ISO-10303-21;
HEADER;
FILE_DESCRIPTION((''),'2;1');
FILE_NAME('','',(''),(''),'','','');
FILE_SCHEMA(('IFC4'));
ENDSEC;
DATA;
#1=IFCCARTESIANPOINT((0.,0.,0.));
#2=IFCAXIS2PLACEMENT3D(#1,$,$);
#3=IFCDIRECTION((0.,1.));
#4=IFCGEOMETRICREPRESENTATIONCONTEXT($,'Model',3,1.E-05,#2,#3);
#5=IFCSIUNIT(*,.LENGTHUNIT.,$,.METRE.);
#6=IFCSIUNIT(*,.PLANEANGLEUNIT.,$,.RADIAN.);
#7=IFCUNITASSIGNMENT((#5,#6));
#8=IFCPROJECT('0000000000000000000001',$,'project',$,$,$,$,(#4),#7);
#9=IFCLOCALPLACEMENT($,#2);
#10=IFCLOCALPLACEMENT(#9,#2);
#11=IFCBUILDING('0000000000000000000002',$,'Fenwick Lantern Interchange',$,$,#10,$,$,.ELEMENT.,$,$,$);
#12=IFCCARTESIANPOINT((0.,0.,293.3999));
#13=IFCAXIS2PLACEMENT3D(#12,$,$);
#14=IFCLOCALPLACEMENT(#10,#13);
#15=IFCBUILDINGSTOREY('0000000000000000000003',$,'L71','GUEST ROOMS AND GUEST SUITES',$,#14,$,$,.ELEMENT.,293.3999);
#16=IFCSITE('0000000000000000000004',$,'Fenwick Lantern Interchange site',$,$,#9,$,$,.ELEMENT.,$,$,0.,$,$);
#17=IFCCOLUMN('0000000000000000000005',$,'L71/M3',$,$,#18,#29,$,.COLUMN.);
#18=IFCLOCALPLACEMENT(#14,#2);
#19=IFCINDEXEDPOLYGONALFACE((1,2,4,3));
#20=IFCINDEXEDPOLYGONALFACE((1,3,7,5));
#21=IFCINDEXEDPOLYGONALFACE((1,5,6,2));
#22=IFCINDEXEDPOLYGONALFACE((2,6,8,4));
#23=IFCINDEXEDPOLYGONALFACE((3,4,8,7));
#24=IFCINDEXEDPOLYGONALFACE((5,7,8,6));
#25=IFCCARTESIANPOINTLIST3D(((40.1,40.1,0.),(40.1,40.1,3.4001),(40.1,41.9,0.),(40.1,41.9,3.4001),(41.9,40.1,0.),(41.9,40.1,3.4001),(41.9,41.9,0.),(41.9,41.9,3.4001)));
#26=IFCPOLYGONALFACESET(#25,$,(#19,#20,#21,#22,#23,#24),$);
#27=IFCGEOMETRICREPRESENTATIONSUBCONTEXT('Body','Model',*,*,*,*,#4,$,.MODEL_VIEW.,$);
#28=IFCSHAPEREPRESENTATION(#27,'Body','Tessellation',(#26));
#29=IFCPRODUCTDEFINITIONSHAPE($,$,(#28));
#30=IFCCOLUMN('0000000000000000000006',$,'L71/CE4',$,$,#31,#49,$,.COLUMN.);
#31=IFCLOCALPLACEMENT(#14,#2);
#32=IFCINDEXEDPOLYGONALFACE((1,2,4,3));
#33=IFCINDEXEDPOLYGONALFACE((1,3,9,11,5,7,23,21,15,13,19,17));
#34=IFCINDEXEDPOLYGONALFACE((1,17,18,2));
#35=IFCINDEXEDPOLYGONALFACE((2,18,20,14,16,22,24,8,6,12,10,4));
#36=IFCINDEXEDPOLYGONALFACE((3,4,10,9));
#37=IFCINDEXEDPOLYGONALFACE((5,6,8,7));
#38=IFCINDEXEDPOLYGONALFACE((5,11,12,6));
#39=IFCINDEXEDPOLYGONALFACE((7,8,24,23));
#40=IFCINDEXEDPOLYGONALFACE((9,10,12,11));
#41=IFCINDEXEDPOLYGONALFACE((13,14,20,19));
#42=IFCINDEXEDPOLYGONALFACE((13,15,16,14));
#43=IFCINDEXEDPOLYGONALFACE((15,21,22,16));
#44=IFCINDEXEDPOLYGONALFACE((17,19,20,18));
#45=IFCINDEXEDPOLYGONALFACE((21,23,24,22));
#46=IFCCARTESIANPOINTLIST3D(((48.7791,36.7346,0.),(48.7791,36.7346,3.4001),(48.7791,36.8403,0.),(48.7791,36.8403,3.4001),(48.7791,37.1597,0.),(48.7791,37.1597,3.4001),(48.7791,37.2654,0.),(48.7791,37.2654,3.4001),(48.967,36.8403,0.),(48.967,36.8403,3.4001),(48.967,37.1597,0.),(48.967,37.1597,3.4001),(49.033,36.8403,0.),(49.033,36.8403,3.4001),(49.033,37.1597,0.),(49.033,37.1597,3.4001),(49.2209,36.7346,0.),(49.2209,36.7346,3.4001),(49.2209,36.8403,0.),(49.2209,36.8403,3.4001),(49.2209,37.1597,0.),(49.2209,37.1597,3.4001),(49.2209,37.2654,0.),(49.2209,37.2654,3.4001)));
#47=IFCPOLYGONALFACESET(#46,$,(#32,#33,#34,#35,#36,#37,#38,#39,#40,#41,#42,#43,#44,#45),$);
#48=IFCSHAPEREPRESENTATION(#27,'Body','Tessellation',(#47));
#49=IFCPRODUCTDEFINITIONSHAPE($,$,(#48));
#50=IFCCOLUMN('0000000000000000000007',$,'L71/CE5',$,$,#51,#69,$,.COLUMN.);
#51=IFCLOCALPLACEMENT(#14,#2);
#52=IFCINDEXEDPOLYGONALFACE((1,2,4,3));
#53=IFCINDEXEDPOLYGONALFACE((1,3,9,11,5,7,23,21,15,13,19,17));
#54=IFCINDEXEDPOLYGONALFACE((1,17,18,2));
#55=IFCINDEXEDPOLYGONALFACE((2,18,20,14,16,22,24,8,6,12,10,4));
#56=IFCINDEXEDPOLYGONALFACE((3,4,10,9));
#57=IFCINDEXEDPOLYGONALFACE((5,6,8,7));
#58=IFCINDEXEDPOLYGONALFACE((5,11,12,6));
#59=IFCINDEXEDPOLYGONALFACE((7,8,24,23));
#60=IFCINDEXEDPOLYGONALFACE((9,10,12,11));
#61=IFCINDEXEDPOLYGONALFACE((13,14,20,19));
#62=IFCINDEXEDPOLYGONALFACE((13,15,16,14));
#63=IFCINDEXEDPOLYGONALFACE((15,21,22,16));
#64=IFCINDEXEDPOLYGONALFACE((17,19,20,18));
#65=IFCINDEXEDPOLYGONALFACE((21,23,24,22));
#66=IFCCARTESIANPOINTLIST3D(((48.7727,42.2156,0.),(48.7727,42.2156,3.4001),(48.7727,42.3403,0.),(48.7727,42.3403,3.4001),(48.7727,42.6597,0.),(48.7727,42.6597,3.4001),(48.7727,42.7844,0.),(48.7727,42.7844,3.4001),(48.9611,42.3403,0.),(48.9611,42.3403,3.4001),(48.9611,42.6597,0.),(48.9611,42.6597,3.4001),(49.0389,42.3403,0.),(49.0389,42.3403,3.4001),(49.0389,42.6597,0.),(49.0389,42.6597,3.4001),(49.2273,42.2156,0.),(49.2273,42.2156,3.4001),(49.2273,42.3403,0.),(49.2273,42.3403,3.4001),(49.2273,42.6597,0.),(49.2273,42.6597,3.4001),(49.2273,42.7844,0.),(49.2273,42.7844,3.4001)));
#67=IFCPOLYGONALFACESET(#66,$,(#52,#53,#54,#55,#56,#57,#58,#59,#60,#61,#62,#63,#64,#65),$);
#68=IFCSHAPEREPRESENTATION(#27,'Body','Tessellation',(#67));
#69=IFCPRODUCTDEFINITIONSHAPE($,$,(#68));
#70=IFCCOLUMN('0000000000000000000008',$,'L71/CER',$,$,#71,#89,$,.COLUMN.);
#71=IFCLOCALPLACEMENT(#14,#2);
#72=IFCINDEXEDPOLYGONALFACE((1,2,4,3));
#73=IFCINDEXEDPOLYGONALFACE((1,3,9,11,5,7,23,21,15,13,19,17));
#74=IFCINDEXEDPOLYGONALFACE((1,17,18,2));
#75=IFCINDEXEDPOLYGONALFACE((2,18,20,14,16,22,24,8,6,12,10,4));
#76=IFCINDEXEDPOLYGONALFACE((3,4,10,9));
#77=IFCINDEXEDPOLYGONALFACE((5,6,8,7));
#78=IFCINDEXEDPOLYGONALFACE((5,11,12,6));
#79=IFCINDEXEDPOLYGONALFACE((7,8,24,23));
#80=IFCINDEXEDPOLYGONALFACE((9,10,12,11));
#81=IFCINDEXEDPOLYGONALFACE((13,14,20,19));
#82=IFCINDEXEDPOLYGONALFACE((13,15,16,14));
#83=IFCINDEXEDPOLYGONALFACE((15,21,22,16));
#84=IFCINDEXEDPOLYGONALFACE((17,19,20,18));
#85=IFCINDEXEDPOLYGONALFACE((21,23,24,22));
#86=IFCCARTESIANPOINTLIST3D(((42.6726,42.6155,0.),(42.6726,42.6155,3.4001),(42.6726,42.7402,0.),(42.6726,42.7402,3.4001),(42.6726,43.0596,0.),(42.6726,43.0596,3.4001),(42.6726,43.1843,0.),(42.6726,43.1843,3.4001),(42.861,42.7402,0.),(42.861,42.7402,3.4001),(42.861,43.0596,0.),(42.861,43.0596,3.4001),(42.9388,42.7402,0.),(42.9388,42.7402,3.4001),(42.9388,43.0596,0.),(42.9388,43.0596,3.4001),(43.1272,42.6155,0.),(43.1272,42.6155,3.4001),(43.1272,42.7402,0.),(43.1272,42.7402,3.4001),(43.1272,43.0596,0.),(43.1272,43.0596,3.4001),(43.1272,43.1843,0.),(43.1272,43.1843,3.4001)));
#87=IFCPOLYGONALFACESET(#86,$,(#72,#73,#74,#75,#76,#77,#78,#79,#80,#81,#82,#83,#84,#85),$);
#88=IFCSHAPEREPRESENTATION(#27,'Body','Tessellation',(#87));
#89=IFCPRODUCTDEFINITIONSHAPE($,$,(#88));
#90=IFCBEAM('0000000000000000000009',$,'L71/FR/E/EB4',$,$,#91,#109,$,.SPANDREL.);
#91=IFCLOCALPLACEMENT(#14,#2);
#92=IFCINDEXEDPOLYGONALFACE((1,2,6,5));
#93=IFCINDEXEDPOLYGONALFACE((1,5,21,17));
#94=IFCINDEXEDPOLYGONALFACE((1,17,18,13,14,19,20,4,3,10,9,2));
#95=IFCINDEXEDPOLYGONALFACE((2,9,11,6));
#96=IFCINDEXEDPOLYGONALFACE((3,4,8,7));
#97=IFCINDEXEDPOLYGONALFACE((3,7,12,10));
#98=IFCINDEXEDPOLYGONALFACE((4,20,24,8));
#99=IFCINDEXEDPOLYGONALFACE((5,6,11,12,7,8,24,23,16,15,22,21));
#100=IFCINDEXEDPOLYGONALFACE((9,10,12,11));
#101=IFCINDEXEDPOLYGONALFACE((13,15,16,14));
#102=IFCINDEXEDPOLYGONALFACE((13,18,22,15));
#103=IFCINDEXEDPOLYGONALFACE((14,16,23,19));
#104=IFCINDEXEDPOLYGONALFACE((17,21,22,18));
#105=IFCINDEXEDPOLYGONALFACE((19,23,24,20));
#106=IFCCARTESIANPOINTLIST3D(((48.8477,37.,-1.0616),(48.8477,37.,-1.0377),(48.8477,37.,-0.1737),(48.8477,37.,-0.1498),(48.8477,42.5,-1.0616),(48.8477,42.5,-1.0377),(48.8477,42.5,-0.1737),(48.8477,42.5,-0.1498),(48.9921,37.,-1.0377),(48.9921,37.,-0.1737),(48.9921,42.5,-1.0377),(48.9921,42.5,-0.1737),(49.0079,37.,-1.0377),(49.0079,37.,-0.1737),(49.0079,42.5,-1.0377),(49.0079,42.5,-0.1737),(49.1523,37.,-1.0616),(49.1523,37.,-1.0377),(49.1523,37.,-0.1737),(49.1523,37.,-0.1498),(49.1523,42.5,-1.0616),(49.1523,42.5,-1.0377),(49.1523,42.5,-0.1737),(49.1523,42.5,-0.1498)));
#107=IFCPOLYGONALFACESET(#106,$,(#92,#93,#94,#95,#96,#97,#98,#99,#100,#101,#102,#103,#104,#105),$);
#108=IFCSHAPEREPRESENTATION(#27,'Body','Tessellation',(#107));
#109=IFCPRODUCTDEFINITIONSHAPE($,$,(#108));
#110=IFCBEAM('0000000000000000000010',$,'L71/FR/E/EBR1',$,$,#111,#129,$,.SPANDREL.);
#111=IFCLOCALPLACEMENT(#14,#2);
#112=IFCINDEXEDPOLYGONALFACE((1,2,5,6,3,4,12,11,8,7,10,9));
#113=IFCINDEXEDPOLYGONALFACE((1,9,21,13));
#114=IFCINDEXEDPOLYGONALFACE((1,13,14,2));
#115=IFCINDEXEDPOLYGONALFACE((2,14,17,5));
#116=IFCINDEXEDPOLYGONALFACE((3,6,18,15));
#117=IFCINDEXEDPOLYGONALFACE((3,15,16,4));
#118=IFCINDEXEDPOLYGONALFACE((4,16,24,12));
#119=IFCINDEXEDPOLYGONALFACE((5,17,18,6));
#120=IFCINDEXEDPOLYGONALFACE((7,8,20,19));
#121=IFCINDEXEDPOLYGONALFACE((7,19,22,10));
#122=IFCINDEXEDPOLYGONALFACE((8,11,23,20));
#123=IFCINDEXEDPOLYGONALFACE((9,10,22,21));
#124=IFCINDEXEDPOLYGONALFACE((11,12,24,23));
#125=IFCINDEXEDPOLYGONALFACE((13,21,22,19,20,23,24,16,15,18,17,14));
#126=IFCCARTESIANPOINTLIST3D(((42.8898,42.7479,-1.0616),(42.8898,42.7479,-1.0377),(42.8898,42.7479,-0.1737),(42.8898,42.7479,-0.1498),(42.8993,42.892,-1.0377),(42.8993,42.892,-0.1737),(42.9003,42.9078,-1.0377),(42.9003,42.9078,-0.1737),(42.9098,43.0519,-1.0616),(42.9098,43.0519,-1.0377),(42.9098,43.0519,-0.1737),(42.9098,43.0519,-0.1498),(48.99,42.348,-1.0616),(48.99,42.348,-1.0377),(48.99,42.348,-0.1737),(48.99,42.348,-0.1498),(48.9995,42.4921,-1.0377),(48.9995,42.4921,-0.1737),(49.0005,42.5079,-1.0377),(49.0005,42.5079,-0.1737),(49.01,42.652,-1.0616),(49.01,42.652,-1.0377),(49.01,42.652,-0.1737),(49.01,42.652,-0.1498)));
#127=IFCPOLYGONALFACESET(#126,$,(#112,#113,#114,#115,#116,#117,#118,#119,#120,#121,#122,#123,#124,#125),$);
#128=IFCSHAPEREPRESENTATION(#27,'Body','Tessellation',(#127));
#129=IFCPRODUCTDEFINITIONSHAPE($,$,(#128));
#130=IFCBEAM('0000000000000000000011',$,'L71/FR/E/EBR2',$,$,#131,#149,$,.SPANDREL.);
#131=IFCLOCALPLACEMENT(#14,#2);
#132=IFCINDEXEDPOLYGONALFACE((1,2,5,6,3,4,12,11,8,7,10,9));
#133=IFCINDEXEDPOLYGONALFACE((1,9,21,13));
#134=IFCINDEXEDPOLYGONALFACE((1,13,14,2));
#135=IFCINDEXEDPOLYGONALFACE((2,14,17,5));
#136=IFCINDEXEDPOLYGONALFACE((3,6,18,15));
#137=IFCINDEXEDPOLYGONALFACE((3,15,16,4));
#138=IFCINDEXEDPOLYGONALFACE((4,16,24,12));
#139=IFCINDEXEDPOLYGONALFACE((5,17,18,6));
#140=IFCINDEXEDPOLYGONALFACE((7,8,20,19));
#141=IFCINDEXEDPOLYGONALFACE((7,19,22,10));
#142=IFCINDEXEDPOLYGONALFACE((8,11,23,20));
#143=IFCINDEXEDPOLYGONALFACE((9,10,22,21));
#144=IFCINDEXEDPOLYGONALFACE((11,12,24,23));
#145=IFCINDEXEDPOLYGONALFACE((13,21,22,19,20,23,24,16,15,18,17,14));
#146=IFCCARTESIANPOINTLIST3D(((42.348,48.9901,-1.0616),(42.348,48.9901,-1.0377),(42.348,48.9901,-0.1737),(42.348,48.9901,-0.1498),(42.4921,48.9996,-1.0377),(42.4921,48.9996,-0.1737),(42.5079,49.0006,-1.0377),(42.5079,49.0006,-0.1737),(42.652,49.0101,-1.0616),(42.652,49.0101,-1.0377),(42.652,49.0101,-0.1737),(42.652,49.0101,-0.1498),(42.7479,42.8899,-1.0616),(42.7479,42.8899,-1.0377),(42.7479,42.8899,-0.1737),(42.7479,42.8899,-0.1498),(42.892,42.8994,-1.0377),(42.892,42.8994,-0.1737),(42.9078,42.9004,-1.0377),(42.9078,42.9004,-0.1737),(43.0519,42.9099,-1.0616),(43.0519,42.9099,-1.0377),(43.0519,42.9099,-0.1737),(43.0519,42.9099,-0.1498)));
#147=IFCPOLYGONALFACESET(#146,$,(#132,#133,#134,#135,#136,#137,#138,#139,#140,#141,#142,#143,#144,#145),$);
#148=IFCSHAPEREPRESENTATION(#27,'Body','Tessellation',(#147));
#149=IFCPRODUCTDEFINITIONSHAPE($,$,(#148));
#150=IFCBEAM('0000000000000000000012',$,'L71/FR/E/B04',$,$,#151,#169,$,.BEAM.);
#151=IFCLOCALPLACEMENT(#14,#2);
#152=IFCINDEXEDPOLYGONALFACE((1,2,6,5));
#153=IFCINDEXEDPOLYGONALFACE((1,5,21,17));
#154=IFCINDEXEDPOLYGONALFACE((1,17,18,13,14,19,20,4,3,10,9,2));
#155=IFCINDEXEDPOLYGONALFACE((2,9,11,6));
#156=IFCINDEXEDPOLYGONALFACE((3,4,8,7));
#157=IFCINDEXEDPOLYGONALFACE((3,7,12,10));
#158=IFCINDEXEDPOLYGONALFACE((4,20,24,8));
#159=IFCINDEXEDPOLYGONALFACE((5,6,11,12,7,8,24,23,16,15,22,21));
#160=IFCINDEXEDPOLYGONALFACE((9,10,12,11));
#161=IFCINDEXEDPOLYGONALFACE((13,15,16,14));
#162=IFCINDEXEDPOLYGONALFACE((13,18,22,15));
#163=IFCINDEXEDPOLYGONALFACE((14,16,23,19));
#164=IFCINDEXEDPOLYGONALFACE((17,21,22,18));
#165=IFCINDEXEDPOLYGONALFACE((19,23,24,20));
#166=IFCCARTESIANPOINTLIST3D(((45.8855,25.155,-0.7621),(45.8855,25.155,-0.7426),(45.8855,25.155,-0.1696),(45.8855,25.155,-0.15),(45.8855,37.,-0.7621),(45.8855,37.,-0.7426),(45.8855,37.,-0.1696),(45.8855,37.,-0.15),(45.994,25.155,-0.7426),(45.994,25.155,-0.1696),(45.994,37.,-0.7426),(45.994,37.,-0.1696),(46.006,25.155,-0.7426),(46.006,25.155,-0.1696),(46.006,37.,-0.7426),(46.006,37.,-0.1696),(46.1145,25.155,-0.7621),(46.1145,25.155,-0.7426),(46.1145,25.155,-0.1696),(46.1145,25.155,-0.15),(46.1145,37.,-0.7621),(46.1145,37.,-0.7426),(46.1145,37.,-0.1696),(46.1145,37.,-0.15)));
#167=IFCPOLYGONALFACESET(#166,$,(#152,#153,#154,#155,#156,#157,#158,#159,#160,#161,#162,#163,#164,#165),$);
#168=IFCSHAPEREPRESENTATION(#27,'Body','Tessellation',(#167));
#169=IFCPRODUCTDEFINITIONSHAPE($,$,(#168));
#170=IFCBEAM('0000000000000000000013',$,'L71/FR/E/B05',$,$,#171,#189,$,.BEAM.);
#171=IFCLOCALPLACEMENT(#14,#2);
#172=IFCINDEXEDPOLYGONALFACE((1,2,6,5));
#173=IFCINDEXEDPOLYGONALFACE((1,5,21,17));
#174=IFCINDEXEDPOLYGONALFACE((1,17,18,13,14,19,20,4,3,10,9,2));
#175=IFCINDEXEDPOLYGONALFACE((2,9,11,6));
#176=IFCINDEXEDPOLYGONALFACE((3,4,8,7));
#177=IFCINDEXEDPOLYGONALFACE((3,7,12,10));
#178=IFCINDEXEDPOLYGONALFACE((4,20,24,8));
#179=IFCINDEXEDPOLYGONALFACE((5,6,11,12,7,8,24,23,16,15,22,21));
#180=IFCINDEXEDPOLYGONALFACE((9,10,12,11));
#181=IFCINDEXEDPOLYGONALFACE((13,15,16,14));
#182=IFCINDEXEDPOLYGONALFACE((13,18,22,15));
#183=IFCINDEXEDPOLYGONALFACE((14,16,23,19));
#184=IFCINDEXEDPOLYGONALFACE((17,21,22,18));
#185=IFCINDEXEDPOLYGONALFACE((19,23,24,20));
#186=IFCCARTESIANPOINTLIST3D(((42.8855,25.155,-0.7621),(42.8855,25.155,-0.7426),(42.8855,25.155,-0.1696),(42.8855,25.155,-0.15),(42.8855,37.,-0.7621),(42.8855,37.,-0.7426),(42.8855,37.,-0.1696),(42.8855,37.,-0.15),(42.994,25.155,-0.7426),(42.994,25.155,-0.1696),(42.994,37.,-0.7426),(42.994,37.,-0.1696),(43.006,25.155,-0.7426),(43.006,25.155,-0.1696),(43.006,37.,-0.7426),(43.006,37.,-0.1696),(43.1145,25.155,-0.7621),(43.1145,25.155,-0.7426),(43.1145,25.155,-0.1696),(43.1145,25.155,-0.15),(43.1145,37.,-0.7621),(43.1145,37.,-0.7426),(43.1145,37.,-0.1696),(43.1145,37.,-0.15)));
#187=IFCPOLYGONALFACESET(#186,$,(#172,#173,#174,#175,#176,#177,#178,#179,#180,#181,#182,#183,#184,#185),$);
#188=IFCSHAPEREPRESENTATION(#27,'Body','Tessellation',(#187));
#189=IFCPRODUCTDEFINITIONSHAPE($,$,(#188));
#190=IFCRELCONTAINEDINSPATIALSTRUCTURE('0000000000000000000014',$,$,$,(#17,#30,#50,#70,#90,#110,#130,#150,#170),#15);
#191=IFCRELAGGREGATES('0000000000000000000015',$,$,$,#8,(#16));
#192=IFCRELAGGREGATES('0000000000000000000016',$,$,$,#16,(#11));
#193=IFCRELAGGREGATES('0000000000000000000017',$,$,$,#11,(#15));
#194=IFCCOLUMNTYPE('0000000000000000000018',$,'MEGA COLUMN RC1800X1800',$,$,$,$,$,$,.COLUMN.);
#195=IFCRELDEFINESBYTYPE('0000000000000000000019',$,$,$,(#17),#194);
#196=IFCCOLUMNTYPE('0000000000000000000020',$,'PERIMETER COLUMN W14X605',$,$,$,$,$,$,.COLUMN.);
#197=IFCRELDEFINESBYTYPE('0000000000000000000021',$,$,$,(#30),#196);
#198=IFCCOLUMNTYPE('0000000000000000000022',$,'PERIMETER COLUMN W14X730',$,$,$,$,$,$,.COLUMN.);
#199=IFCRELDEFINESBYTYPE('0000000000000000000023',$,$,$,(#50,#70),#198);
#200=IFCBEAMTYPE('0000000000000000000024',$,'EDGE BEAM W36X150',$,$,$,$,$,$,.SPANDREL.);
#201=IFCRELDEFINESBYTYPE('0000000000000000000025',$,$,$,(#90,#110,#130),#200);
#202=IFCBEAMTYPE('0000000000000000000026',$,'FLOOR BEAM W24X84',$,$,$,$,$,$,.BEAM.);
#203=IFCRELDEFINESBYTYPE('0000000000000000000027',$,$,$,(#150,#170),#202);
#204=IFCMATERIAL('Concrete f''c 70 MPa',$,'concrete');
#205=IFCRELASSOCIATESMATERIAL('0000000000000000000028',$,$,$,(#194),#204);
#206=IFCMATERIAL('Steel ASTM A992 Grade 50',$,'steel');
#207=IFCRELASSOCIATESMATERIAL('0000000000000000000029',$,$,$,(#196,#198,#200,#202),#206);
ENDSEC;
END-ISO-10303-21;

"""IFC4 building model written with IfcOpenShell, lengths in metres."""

from ifc_helpers import new_model, si_unit, direction, frame, origin, origin_2d, place, context, subcontext, project, spatial, rectangle, i_section, extrude, material, material_profile, profile_set, type_object, element, save


model = new_model("IFC4")

# Units and contexts
model_context = context("Model", 3, precision=1e-05, world=origin(), true_north=direction((0.0, 1.0)))
body_context = subcontext(model_context, "Body", "Model", "MODEL_VIEW")
ifc_project = project(units=[si_unit("LENGTHUNIT", "METRE"), si_unit("PLANEANGLEUNIT", "RADIAN")], contexts=[model_context])

# Site, building, storey
site_placement = place(None, origin())
site = spatial("IfcSite", under=ifc_project, at=site_placement, Name="Fenwick Lantern Interchange site", CompositionType="ELEMENT", RefElevation=0.0)
building_placement = place(site_placement, origin())
building = spatial("IfcBuilding", under=site, at=building_placement, Name="Fenwick Lantern Interchange", CompositionType="ELEMENT")
storey_placement = place(building_placement, frame((0.0, 0.0, 293.3999)))
storey = spatial("IfcBuildingStorey", under=building, at=storey_placement, Name="L71", Description="GUEST ROOMS AND GUEST SUITES", CompositionType="ELEMENT", Elevation=293.3999)

# Columns
ifc_material_1 = material(Name="Concrete f'c 70 MPa", Category="concrete")
ifc_material_profile_1 = material_profile(ifc_material_1, rectangle(XDim=1.8, YDim=1.8, at=origin_2d()), Name="RC1800X1800")
ifc_profile_set_1 = profile_set([ifc_material_profile_1], Name="Concrete f'c 70 MPa")
column_type_1 = type_object("IfcColumnType", Name="MEGA COLUMN RC1800X1800", PredefinedType="COLUMN", material=ifc_profile_set_1)
column_1_placement = place(storey_placement, frame((41.0, 41.0, 0.0), z_axis=(0.0, 0.0, 1.0), x_axis=(1.0, 0.0, 0.0)))
element("IfcColumn", 1, at=column_1_placement, inside=storey, type_object=column_type_1, Name="L71/M3", PredefinedType="COLUMN", context=body_context, shape_type="SweptSolid", body=[
    extrude(rectangle(XDim=1.8, YDim=1.8, at=origin_2d()), origin(), (0.0, 0.0, 1.0), 3.4001),
])
ifc_material_2 = material(Name="Steel ASTM A992 Grade 50", Category="steel")
ifc_material_profile_2 = material_profile(ifc_material_2, i_section(OverallWidth=0.4419, OverallDepth=0.5308, WebThickness=0.0659, FlangeThickness=0.1057, at=origin_2d()), Name="W14X605")
ifc_profile_set_2 = profile_set([ifc_material_profile_2], Name="Steel ASTM A992 Grade 50")
column_type_2 = type_object("IfcColumnType", Name="PERIMETER COLUMN W14X605", PredefinedType="COLUMN", material=ifc_profile_set_2)
column_2_placement = place(storey_placement, frame((49.0, 37.0, 0.0), z_axis=(0.0, 0.0, 1.0), x_axis=(1.0, 0.0, 0.0)))
element("IfcColumn", 2, at=column_2_placement, inside=storey, type_object=column_type_2, Name="L71/CE4", PredefinedType="COLUMN", context=body_context, shape_type="SweptSolid", body=[
    extrude(i_section(OverallWidth=0.4419, OverallDepth=0.5308, WebThickness=0.0659, FlangeThickness=0.1057, at=origin_2d()), origin(), (0.0, 0.0, 1.0), 3.4001),
])
ifc_material_profile_3 = material_profile(ifc_material_2, i_section(OverallWidth=0.4546, OverallDepth=0.5688, WebThickness=0.0779, FlangeThickness=0.1248, at=origin_2d()), Name="W14X730")
ifc_profile_set_3 = profile_set([ifc_material_profile_3], Name="Steel ASTM A992 Grade 50")
column_type_3 = type_object("IfcColumnType", Name="PERIMETER COLUMN W14X730", PredefinedType="COLUMN", material=ifc_profile_set_3)
for number, where, z_axis, x_axis, name in (
    (3, (49.0, 42.5, 0.0), (0.0, 0.0, 1.0), (1.0, 0.0, 0.0), "L71/CE5"),
    (4, (42.8999, 42.8999, 0.0), (0.0, 0.0, 1.0), (1.0, 0.0, 0.0), "L71/CER"),
):
    element("IfcColumn", number, at=place(storey_placement, frame(where, z_axis=z_axis, x_axis=x_axis)), inside=storey, type_object=column_type_3, Name=name, PredefinedType="COLUMN", context=body_context, shape_type="SweptSolid", body=[
        extrude(i_section(OverallWidth=0.4546, OverallDepth=0.5688, WebThickness=0.0779, FlangeThickness=0.1248, at=origin_2d()), origin(), (0.0, 0.0, 1.0), 3.4001),
    ])

# Beams
ifc_material_profile_4 = material_profile(ifc_material_2, i_section(OverallWidth=0.3047, OverallDepth=0.9119, WebThickness=0.0159, FlangeThickness=0.0239, at=origin_2d()), Name="W36X150")
ifc_profile_set_4 = profile_set([ifc_material_profile_4], Name="Steel ASTM A992 Grade 50")
beam_type_1 = type_object("IfcBeamType", Name="EDGE BEAM W36X150", PredefinedType="SPANDREL", material=ifc_profile_set_4)
beam_1_placement = place(storey_placement, frame((49.0, 37.0, -0.6057), z_axis=(0.0, 1.0, 0.0), x_axis=(-1.0, 0.0, 0.0)))
element("IfcBeam", 5, at=beam_1_placement, inside=storey, type_object=beam_type_1, Name="L71/FR/E/EB4", PredefinedType="SPANDREL", context=body_context, shape_type="SweptSolid", body=[
    extrude(i_section(OverallWidth=0.3047, OverallDepth=0.9119, WebThickness=0.0159, FlangeThickness=0.0239, at=origin_2d()), origin(), (0.0, 0.0, 1.0), 5.5),
])
for number, where, z_axis, x_axis, name in (
    (6, (49.0, 42.5, -0.6057), (-0.997858, 0.065416, 0.0), (-0.065416, -0.997858, 0.0), "L71/FR/E/EBR1"),
    (7, (42.8999, 42.8999, -0.6057), (-0.065416, 0.997858, 0.0), (-0.997858, -0.065416, 0.0), "L71/FR/E/EBR2"),
):
    element("IfcBeam", number, at=place(storey_placement, frame(where, z_axis=z_axis, x_axis=x_axis)), inside=storey, type_object=beam_type_1, Name=name, PredefinedType="SPANDREL", context=body_context, shape_type="SweptSolid", body=[
        extrude(i_section(OverallWidth=0.3047, OverallDepth=0.9119, WebThickness=0.0159, FlangeThickness=0.0239, at=origin_2d()), origin(), (0.0, 0.0, 1.0), 6.1133),
    ])
ifc_material_profile_5 = material_profile(ifc_material_2, i_section(OverallWidth=0.229, OverallDepth=0.6121, WebThickness=0.012, FlangeThickness=0.0195, at=origin_2d()), Name="W24X84")
ifc_profile_set_5 = profile_set([ifc_material_profile_5], Name="Steel ASTM A992 Grade 50")
beam_type_2 = type_object("IfcBeamType", Name="FLOOR BEAM W24X84", PredefinedType="BEAM", material=ifc_profile_set_5)
for number, where, z_axis, x_axis, name in (
    (8, (46.0, 25.155, -0.4561), (0.0, 1.0, 0.0), (-1.0, 0.0, 0.0), "L71/FR/E/B04"),
    (9, (43.0, 25.155, -0.4561), (0.0, 1.0, 0.0), (-1.0, 0.0, 0.0), "L71/FR/E/B05"),
):
    element("IfcBeam", number, at=place(storey_placement, frame(where, z_axis=z_axis, x_axis=x_axis)), inside=storey, type_object=beam_type_2, Name=name, PredefinedType="BEAM", context=body_context, shape_type="SweptSolid", body=[
        extrude(i_section(OverallWidth=0.229, OverallDepth=0.6121, WebThickness=0.012, FlangeThickness=0.0195, at=origin_2d()), origin(), (0.0, 0.0, 1.0), 11.845),
    ])

save(model, "model.ifc")
